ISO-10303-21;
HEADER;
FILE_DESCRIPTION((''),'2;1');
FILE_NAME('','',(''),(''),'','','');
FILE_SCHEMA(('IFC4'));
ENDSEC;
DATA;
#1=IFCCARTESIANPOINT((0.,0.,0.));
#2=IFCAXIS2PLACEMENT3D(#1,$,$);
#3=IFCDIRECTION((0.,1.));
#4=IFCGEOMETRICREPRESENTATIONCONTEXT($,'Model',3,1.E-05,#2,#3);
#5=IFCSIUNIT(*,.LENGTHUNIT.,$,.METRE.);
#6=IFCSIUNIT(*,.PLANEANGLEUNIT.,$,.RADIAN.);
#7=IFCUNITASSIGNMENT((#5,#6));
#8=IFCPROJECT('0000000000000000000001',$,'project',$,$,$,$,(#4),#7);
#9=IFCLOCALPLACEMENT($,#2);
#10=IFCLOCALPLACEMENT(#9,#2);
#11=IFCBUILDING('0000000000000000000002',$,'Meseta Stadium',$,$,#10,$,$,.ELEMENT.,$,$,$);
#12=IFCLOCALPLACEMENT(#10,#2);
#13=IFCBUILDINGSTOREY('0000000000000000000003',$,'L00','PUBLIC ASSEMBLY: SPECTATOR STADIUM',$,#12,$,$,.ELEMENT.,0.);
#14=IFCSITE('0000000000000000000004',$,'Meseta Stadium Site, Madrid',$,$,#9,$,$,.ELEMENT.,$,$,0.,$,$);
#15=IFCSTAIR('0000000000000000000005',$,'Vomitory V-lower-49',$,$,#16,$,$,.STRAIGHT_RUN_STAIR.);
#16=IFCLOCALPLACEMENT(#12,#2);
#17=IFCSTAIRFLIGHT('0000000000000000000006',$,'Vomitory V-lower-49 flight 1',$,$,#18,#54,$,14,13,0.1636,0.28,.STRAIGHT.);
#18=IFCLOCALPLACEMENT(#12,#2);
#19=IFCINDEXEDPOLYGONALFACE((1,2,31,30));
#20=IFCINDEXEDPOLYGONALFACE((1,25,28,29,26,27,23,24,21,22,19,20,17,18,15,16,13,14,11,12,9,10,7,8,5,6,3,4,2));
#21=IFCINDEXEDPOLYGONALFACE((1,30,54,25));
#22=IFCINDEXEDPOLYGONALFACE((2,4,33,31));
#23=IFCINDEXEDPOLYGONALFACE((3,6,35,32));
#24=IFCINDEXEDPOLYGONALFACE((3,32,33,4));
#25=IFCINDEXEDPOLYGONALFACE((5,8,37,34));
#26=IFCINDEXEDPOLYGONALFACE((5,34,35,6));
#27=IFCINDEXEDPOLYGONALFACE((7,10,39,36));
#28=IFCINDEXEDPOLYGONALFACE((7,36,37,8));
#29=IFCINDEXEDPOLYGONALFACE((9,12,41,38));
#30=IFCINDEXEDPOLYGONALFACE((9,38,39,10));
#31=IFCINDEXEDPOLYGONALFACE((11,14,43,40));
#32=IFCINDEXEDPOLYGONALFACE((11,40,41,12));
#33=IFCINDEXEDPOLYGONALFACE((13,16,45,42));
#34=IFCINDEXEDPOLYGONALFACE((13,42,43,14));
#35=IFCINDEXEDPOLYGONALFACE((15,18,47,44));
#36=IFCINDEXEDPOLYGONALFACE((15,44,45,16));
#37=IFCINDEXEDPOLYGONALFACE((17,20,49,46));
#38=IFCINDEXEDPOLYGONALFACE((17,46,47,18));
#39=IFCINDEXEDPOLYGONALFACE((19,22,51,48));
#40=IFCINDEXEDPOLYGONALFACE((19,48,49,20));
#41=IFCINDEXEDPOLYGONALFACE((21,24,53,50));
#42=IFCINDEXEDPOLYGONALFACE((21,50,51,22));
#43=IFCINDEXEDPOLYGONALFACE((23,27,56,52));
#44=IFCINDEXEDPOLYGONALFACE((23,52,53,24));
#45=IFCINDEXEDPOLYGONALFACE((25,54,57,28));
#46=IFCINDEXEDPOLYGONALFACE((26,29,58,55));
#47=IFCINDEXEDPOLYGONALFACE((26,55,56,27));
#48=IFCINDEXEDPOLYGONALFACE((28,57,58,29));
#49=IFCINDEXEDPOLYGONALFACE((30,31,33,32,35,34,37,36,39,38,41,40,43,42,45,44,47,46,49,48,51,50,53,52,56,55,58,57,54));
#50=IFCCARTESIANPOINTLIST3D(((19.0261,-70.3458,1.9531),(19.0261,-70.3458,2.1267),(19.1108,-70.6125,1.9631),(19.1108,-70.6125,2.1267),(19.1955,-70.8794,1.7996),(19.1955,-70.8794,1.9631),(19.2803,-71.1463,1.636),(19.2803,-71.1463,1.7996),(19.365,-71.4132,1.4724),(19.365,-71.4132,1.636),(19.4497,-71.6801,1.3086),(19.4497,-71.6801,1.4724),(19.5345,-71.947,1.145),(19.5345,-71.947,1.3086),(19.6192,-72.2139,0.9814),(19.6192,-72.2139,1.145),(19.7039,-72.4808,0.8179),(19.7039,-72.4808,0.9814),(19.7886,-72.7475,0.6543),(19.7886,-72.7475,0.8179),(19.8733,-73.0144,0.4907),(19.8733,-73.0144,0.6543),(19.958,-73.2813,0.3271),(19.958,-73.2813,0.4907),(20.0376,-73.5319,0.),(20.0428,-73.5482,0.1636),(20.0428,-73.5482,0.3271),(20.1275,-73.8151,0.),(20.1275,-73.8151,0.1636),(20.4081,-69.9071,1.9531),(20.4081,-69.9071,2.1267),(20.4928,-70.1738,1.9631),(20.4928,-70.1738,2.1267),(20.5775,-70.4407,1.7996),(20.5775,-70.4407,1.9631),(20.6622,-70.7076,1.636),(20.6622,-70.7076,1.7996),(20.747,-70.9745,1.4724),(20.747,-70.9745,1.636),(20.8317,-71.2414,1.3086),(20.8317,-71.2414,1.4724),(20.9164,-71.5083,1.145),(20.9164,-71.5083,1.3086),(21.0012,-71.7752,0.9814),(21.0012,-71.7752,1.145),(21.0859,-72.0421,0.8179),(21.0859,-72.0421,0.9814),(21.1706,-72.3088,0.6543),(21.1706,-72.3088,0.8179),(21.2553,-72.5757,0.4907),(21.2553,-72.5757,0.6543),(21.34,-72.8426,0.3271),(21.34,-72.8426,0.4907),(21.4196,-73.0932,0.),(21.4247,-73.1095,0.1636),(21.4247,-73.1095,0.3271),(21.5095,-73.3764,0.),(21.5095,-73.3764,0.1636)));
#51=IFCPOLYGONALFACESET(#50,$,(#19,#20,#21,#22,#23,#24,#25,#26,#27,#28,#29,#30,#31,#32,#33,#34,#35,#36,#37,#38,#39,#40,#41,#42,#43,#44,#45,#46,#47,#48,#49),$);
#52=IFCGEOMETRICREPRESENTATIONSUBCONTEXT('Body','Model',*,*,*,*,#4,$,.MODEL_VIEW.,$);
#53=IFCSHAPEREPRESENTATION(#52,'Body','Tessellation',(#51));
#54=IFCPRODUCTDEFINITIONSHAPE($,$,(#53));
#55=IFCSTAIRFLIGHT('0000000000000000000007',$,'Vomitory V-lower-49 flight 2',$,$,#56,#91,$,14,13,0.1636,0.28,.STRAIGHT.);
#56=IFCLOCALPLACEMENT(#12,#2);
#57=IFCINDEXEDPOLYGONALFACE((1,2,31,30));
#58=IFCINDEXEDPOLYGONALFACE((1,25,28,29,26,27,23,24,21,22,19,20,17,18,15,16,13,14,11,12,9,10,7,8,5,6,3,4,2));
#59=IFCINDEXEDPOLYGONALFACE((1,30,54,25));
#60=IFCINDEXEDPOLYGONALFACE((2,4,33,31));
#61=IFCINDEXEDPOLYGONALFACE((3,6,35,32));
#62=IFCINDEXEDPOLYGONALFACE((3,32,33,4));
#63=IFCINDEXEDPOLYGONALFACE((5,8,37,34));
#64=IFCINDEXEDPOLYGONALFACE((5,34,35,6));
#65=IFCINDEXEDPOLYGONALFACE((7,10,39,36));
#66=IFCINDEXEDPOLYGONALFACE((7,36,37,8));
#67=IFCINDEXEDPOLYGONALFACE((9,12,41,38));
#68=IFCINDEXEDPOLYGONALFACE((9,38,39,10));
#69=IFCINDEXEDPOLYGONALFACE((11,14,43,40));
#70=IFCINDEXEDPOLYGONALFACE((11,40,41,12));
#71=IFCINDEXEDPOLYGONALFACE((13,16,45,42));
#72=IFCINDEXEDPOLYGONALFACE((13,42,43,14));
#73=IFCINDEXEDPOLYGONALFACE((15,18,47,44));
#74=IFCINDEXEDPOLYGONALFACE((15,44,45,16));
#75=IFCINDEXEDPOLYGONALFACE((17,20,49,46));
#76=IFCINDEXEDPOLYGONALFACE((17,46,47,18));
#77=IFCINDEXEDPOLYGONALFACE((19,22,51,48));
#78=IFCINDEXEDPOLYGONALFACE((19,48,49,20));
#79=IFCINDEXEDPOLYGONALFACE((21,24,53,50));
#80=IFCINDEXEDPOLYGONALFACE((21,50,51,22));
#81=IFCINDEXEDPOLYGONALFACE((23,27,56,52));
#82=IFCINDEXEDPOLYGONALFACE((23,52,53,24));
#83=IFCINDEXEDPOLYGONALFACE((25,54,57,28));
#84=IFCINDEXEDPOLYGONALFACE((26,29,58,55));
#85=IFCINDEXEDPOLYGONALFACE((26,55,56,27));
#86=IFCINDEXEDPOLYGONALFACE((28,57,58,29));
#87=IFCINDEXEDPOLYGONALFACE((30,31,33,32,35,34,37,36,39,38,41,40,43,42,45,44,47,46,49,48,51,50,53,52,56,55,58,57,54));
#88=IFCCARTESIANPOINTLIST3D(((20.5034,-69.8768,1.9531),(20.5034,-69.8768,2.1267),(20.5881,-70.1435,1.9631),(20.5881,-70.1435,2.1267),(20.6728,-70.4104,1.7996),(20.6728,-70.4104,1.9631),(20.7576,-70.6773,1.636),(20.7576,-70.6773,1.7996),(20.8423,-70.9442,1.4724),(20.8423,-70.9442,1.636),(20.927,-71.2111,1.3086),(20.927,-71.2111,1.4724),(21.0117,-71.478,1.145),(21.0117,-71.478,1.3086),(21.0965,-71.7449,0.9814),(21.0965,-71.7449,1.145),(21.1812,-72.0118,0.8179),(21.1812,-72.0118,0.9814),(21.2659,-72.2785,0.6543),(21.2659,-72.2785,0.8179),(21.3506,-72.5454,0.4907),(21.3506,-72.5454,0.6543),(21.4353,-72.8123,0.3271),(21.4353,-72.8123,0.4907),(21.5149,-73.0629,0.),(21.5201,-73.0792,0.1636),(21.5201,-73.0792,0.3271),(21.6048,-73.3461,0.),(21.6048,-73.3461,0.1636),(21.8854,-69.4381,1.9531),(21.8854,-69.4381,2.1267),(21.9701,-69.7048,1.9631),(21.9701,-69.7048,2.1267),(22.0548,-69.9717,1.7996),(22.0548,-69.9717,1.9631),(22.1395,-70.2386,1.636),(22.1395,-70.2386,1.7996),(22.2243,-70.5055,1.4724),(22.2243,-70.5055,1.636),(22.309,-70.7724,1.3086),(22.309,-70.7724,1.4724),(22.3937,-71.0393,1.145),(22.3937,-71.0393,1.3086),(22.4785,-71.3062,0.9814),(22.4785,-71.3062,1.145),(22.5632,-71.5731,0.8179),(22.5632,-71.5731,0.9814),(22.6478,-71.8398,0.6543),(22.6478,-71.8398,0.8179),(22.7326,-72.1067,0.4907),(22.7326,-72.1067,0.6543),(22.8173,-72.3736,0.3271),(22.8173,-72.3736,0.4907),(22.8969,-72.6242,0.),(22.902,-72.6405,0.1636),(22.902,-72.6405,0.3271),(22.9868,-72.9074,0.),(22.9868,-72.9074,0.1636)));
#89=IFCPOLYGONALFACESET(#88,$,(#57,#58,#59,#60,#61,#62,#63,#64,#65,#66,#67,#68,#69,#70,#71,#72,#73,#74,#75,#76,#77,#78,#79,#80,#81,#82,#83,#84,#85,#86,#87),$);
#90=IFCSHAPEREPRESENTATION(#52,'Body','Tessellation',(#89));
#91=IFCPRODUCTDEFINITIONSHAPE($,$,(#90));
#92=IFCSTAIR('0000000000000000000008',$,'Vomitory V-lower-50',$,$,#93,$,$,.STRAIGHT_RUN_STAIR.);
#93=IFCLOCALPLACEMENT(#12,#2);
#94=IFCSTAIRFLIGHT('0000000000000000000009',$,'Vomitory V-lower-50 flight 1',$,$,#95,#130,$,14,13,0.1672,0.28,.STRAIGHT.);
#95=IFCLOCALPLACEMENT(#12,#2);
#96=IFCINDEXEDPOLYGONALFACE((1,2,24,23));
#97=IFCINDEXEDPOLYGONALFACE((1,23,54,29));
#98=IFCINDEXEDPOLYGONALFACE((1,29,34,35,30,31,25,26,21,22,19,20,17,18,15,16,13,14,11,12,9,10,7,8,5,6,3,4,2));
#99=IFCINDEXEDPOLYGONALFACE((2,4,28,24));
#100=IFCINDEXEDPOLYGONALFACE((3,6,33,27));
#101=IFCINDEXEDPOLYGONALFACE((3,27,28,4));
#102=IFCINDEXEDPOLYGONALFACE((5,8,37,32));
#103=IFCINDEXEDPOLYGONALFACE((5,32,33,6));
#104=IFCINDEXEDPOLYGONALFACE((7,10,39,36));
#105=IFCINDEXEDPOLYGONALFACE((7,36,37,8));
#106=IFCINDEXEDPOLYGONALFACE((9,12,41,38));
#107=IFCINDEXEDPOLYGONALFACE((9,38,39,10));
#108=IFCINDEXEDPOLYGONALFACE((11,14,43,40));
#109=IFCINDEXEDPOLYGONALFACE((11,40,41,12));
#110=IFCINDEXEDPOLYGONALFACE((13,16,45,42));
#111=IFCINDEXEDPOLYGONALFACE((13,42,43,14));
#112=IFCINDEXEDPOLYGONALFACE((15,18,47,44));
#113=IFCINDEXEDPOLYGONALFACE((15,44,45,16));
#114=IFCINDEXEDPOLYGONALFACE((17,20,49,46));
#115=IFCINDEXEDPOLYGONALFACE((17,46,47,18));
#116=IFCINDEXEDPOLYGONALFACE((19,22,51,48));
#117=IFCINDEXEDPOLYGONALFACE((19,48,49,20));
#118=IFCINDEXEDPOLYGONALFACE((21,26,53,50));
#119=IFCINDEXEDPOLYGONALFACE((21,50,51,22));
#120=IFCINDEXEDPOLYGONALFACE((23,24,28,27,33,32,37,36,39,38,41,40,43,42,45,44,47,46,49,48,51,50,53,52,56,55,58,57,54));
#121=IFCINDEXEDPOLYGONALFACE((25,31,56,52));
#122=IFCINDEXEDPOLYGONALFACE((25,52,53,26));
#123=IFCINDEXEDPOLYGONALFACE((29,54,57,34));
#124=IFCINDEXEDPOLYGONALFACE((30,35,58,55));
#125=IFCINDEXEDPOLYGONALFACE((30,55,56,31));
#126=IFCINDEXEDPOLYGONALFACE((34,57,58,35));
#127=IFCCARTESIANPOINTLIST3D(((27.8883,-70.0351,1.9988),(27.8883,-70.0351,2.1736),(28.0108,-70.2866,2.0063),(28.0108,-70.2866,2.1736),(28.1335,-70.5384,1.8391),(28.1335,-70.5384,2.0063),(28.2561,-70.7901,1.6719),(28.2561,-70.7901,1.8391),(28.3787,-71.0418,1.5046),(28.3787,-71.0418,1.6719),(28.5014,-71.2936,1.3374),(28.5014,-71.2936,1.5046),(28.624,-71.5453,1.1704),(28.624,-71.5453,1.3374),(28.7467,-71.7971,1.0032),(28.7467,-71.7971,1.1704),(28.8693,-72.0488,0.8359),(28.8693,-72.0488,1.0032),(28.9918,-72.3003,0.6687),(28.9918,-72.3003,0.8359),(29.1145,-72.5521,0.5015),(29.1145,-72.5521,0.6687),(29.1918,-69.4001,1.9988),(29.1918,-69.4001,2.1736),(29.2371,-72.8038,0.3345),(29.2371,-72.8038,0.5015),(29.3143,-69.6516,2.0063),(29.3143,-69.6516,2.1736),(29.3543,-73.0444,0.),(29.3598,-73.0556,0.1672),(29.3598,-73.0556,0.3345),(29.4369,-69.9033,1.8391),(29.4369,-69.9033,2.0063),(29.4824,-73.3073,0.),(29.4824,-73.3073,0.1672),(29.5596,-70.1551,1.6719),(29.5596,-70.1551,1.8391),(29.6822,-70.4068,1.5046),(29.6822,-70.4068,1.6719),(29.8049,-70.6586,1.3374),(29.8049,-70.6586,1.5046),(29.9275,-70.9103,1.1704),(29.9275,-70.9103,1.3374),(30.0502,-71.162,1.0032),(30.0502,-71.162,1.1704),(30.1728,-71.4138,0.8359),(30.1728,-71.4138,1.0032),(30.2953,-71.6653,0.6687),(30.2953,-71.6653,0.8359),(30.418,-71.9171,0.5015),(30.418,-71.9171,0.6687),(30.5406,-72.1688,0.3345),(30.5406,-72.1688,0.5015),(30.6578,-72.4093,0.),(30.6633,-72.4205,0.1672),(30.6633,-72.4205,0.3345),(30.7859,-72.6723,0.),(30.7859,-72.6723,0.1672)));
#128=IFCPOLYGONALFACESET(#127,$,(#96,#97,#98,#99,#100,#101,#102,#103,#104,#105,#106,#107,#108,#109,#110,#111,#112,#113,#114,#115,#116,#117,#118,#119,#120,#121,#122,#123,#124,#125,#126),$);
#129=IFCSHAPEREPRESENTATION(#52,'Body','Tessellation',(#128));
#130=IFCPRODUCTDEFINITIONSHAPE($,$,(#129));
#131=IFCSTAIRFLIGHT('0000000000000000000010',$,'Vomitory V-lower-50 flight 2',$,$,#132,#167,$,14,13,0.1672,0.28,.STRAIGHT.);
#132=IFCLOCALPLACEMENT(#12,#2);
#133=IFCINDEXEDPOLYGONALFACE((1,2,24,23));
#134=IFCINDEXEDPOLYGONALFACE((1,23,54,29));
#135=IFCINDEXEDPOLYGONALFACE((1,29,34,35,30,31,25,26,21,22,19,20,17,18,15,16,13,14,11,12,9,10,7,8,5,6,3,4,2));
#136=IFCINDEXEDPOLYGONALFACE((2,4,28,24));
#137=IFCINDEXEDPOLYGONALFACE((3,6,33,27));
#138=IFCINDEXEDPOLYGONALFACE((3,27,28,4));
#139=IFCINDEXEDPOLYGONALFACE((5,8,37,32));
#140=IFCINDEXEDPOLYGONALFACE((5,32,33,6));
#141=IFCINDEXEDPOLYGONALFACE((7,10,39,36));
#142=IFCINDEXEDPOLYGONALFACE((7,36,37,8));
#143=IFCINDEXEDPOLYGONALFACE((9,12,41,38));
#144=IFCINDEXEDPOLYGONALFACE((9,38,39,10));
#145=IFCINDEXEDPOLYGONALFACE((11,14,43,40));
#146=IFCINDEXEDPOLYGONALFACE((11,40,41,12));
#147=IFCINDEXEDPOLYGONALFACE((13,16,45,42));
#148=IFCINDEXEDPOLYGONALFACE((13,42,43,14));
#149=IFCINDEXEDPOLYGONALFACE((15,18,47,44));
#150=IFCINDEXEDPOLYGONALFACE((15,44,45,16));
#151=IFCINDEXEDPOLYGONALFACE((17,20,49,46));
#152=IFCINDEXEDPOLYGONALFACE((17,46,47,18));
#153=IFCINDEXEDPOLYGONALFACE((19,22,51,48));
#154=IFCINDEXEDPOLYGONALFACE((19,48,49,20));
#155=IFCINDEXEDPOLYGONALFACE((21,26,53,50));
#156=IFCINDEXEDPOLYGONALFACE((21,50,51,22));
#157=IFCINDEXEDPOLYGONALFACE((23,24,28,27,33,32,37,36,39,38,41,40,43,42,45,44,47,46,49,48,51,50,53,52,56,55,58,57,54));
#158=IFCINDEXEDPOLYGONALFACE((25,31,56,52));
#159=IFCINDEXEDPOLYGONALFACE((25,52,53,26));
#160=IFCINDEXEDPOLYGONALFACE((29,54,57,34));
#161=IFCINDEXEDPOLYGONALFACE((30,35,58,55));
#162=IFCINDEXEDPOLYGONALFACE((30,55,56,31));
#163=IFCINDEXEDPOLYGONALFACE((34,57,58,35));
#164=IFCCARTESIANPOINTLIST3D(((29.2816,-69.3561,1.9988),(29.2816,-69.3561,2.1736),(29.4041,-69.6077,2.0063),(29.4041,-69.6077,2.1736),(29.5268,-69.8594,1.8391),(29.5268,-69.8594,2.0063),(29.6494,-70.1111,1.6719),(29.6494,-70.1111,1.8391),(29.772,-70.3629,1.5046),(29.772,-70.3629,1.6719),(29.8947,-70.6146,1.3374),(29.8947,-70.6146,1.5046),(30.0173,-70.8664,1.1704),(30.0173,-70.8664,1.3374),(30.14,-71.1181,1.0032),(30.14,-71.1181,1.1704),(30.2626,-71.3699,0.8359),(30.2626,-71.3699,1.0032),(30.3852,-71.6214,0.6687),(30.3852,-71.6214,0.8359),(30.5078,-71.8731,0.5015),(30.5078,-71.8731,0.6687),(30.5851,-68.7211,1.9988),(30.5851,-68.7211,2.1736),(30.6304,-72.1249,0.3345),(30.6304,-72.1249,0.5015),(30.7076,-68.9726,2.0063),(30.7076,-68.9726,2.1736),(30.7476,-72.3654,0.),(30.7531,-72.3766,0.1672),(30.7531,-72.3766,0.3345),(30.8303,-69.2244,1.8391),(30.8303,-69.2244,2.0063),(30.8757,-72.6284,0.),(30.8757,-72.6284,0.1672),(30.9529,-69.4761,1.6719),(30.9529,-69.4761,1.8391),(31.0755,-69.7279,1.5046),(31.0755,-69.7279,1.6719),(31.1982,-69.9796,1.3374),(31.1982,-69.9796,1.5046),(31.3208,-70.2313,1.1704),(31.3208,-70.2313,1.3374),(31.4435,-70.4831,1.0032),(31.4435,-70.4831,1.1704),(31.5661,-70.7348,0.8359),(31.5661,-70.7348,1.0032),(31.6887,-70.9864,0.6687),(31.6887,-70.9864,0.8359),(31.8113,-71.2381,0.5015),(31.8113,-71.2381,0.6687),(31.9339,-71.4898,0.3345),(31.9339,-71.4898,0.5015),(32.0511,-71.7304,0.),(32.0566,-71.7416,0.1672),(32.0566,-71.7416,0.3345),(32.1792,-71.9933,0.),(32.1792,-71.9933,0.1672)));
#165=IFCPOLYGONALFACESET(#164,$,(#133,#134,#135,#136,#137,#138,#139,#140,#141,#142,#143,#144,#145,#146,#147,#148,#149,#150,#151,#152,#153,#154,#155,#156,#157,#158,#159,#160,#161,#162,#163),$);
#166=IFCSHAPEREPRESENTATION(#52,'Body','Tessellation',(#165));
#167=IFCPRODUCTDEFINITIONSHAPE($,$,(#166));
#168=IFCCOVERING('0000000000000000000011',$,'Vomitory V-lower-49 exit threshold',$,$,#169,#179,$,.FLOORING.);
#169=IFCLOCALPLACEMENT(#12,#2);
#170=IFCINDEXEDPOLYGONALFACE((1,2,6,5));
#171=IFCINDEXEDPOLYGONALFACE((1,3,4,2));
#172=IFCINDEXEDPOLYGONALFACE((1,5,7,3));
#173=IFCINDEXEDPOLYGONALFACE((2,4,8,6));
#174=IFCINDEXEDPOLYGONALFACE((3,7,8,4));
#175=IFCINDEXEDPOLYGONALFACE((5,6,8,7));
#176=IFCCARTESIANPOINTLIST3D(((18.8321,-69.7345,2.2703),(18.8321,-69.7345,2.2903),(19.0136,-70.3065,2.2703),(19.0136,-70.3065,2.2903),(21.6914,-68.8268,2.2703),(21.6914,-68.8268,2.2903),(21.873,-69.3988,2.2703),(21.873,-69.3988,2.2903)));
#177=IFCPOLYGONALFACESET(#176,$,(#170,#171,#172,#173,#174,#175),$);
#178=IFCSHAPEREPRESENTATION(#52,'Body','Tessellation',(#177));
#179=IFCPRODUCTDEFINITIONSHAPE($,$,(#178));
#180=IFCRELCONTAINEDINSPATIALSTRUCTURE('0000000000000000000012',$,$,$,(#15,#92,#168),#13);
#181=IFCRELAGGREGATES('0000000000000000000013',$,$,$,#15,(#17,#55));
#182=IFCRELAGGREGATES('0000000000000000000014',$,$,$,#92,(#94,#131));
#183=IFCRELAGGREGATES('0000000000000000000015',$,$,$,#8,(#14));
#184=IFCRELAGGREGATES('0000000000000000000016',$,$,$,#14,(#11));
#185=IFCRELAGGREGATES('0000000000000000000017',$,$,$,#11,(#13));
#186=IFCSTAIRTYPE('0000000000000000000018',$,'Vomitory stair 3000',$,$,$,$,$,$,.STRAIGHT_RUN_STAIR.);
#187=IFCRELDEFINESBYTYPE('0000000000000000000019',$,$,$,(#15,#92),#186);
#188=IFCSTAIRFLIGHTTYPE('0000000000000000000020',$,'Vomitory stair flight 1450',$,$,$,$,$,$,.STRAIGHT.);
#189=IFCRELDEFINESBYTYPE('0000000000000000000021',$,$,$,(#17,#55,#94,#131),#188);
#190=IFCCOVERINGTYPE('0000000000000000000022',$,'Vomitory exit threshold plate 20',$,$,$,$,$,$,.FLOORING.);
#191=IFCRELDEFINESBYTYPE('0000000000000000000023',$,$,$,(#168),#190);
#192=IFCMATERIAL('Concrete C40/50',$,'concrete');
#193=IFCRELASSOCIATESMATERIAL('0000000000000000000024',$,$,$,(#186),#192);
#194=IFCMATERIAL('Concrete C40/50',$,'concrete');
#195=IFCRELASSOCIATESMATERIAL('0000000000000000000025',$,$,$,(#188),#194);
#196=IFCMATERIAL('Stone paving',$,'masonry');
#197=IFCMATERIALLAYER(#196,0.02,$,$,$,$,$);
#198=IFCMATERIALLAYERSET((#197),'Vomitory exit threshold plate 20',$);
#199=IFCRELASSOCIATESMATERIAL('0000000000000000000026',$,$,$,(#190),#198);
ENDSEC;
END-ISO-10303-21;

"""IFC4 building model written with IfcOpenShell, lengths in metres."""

from ifc_helpers import new_model, si_unit, direction, frame, origin, origin_2d, place, context, subcontext, project, spatial, polyline, rectangle, outline, extrude, material, layer, layer_set, type_object, element, aggregate, save


model = new_model("IFC4")

# Units and contexts
model_context = context("Model", 3, precision=1e-05, world=origin(), true_north=direction((0.0, 1.0)))
body_context = subcontext(model_context, "Body", "Model", "MODEL_VIEW")
ifc_project = project(units=[si_unit("LENGTHUNIT", "METRE"), si_unit("PLANEANGLEUNIT", "RADIAN")], contexts=[model_context])

# Site, building, storey
site_placement = place(None, origin())
site = spatial("IfcSite", under=ifc_project, at=site_placement, Name="Meseta Stadium Site, Madrid", CompositionType="ELEMENT", RefElevation=0.0)
building_placement = place(site_placement, origin())
building = spatial("IfcBuilding", under=site, at=building_placement, Name="Meseta Stadium", CompositionType="ELEMENT")
storey_placement = place(building_placement, origin())
storey = spatial("IfcBuildingStorey", under=building, at=storey_placement, Name="L00", Description="PUBLIC ASSEMBLY: SPECTATOR STADIUM", CompositionType="ELEMENT", Elevation=0.0)

# Stairs, stair flights
ifc_material_1 = material(Name="Concrete C40/50", Category="concrete")
stair_type = type_object("IfcStairType", Name="Vomitory stair 3000", PredefinedType="STRAIGHT_RUN_STAIR", material=ifc_material_1)
stair_1_placement = place(storey_placement, origin())
stair_1 = element("IfcStair", 1, at=stair_1_placement, inside=storey, type_object=stair_type, Name="Vomitory V-lower-49", PredefinedType="STRAIGHT_RUN_STAIR")
ifc_material_2 = material(Name="Concrete C40/50", Category="concrete")
stair_flight_type = type_object("IfcStairFlightType", Name="Vomitory stair flight 1450", PredefinedType="STRAIGHT", material=ifc_material_2)
stair_flight_1_placement = place(storey_placement, frame((20.8186, -73.5957, 0.0), z_axis=(0.0, 0.0, 1.0), x_axis=(-0.30258, 0.953124, 0.0)))
stair_flight_1 = element("IfcStairFlight", 2, at=stair_flight_1_placement, type_object=stair_flight_type, Name="Vomitory V-lower-49 flight 1", NumberOfRisers=14, NumberOfTreads=13, PredefinedType="STRAIGHT", RiserHeight=0.1636, TreadLength=0.28, context=body_context, shape_type="SweptSolid", body=[
    extrude(outline(polyline([(0.0, 0.0), (0.0, 0.1636), (0.28, 0.1636), (0.28, 0.3271), (0.5601, 0.3271), (0.5601, 0.4907), (0.8401, 0.4907), (0.8401, 0.6543), (1.1201, 0.6543), (1.1201, 0.8179), (1.3999, 0.8179), (1.3999, 0.9814), (1.6799, 0.9814), (1.6799, 1.145), (1.96, 1.145), (1.96, 1.3086), (2.24, 1.3086), (2.24, 1.4724), (2.52, 1.4724), (2.52, 1.636), (2.8, 1.636), (2.8, 1.7996), (3.0801, 1.7996), (3.0801, 1.9631), (3.3601, 1.9631), (3.3601, 2.1267), (3.6399, 2.1267), (3.6399, 1.9531), (0.2971, 0.0), (0.0, 0.0)])), frame((0.0, 0.7251, 0.0), z_axis=(0.0, -1.0, 0.0), x_axis=(1.0, 0.0, 0.0)), (0.0, 0.0, 1.0), 1.45),
])
stair_flight_2_placement = place(storey_placement, frame((22.2959, -73.1267, 0.0), z_axis=(0.0, 0.0, 1.0), x_axis=(-0.30258, 0.953124, 0.0)))
stair_flight_2 = element("IfcStairFlight", 3, at=stair_flight_2_placement, type_object=stair_flight_type, Name="Vomitory V-lower-49 flight 2", NumberOfRisers=14, NumberOfTreads=13, PredefinedType="STRAIGHT", RiserHeight=0.1636, TreadLength=0.28, context=body_context, shape_type="SweptSolid", body=[
    extrude(outline(polyline([(0.0, 0.0), (0.0, 0.1636), (0.28, 0.1636), (0.28, 0.3271), (0.5601, 0.3271), (0.5601, 0.4907), (0.8401, 0.4907), (0.8401, 0.6543), (1.1201, 0.6543), (1.1201, 0.8179), (1.3999, 0.8179), (1.3999, 0.9814), (1.6799, 0.9814), (1.6799, 1.145), (1.96, 1.145), (1.96, 1.3086), (2.24, 1.3086), (2.24, 1.4724), (2.52, 1.4724), (2.52, 1.636), (2.8, 1.636), (2.8, 1.7996), (3.0801, 1.7996), (3.0801, 1.9631), (3.3601, 1.9631), (3.3601, 2.1267), (3.6399, 2.1267), (3.6399, 1.9531), (0.2971, 0.0), (0.0, 0.0)])), frame((0.0, 0.7251, 0.0), z_axis=(0.0, -1.0, 0.0), x_axis=(1.0, 0.0, 0.0)), (0.0, 0.0, 1.0), 1.45),
])
aggregate(stair_1, [stair_flight_1, stair_flight_2])
stair_2_placement = place(storey_placement, origin())
stair_2 = element("IfcStair", 4, at=stair_2_placement, inside=storey, type_object=stair_type, Name="Vomitory V-lower-50", PredefinedType="STRAIGHT_RUN_STAIR")
stair_flight_3_placement = place(storey_placement, frame((30.1343, -72.9897, 0.0), z_axis=(0.0, 0.0, 1.0), x_axis=(-0.437966, 0.898991, 0.0)))
stair_flight_3 = element("IfcStairFlight", 5, at=stair_flight_3_placement, type_object=stair_flight_type, Name="Vomitory V-lower-50 flight 1", NumberOfRisers=14, NumberOfTreads=13, PredefinedType="STRAIGHT", RiserHeight=0.1672, TreadLength=0.28, context=body_context, shape_type="SweptSolid", body=[
    extrude(outline(polyline([(0.0, 0.0), (0.0, 0.1672), (0.28, 0.1672), (0.28, 0.3345), (0.5601, 0.3345), (0.5601, 0.5015), (0.8401, 0.5015), (0.8401, 0.6687), (1.1201, 0.6687), (1.1201, 0.8359), (1.3999, 0.8359), (1.3999, 1.0032), (1.6799, 1.0032), (1.6799, 1.1704), (1.96, 1.1704), (1.96, 1.3374), (2.24, 1.3374), (2.24, 1.5046), (2.52, 1.5046), (2.52, 1.6719), (2.8, 1.6719), (2.8, 1.8391), (3.0801, 1.8391), (3.0801, 2.0063), (3.3601, 2.0063), (3.3601, 2.1736), (3.6399, 2.1736), (3.6399, 1.9988), (0.2925, 0.0), (0.0, 0.0)])), frame((0.0, 0.7251, 0.0), z_axis=(0.0, -1.0, 0.0), x_axis=(1.0, 0.0, 0.0)), (0.0, 0.0, 1.0), 1.45),
])
stair_flight_4_placement = place(storey_placement, frame((31.5276, -72.3108, 0.0), z_axis=(0.0, 0.0, 1.0), x_axis=(-0.437966, 0.898991, 0.0)))
stair_flight_4 = element("IfcStairFlight", 6, at=stair_flight_4_placement, type_object=stair_flight_type, Name="Vomitory V-lower-50 flight 2", NumberOfRisers=14, NumberOfTreads=13, PredefinedType="STRAIGHT", RiserHeight=0.1672, TreadLength=0.28, context=body_context, shape_type="SweptSolid", body=[
    extrude(outline(polyline([(0.0, 0.0), (0.0, 0.1672), (0.28, 0.1672), (0.28, 0.3345), (0.5601, 0.3345), (0.5601, 0.5015), (0.8401, 0.5015), (0.8401, 0.6687), (1.1201, 0.6687), (1.1201, 0.8359), (1.3999, 0.8359), (1.3999, 1.0032), (1.6799, 1.0032), (1.6799, 1.1704), (1.96, 1.1704), (1.96, 1.3374), (2.24, 1.3374), (2.24, 1.5046), (2.52, 1.5046), (2.52, 1.6719), (2.8, 1.6719), (2.8, 1.8391), (3.0801, 1.8391), (3.0801, 2.0063), (3.3601, 2.0063), (3.3601, 2.1736), (3.6399, 2.1736), (3.6399, 1.9988), (0.2925, 0.0), (0.0, 0.0)])), frame((0.0, 0.7251, 0.0), z_axis=(0.0, -1.0, 0.0), x_axis=(1.0, 0.0, 0.0)), (0.0, 0.0, 1.0), 1.45),
])
aggregate(stair_2, [stair_flight_3, stair_flight_4])

# Covering
ifc_material_3 = material(Name="Stone paving", Category="masonry")
ifc_layer_1 = layer(ifc_material_3, 0.02)
ifc_layer_set_1 = layer_set([ifc_layer_1], Name="Vomitory exit threshold plate 20")
covering_type = type_object("IfcCoveringType", Name="Vomitory exit threshold plate 20", PredefinedType="FLOORING", material=ifc_layer_set_1)
for number, where, z_axis, x_axis, name in (
    (7, (20.3525, -69.5667, 2.2703), (0.0, 0.0, 1.0), (-0.30258, 0.953124, 0.0), "Vomitory V-lower-49 exit threshold"),
):
    element("IfcCovering", number, at=place(storey_placement, frame(where, z_axis=z_axis, x_axis=x_axis)), inside=storey, type_object=covering_type, Name=name, PredefinedType="FLOORING", context=body_context, shape_type="SweptSolid", body=[
        extrude(rectangle(XDim=0.6001, YDim=3.0, at=origin_2d()), origin(), (0.0, 0.0, 1.0), 0.02),
    ])

save(model, "model.ifc")
